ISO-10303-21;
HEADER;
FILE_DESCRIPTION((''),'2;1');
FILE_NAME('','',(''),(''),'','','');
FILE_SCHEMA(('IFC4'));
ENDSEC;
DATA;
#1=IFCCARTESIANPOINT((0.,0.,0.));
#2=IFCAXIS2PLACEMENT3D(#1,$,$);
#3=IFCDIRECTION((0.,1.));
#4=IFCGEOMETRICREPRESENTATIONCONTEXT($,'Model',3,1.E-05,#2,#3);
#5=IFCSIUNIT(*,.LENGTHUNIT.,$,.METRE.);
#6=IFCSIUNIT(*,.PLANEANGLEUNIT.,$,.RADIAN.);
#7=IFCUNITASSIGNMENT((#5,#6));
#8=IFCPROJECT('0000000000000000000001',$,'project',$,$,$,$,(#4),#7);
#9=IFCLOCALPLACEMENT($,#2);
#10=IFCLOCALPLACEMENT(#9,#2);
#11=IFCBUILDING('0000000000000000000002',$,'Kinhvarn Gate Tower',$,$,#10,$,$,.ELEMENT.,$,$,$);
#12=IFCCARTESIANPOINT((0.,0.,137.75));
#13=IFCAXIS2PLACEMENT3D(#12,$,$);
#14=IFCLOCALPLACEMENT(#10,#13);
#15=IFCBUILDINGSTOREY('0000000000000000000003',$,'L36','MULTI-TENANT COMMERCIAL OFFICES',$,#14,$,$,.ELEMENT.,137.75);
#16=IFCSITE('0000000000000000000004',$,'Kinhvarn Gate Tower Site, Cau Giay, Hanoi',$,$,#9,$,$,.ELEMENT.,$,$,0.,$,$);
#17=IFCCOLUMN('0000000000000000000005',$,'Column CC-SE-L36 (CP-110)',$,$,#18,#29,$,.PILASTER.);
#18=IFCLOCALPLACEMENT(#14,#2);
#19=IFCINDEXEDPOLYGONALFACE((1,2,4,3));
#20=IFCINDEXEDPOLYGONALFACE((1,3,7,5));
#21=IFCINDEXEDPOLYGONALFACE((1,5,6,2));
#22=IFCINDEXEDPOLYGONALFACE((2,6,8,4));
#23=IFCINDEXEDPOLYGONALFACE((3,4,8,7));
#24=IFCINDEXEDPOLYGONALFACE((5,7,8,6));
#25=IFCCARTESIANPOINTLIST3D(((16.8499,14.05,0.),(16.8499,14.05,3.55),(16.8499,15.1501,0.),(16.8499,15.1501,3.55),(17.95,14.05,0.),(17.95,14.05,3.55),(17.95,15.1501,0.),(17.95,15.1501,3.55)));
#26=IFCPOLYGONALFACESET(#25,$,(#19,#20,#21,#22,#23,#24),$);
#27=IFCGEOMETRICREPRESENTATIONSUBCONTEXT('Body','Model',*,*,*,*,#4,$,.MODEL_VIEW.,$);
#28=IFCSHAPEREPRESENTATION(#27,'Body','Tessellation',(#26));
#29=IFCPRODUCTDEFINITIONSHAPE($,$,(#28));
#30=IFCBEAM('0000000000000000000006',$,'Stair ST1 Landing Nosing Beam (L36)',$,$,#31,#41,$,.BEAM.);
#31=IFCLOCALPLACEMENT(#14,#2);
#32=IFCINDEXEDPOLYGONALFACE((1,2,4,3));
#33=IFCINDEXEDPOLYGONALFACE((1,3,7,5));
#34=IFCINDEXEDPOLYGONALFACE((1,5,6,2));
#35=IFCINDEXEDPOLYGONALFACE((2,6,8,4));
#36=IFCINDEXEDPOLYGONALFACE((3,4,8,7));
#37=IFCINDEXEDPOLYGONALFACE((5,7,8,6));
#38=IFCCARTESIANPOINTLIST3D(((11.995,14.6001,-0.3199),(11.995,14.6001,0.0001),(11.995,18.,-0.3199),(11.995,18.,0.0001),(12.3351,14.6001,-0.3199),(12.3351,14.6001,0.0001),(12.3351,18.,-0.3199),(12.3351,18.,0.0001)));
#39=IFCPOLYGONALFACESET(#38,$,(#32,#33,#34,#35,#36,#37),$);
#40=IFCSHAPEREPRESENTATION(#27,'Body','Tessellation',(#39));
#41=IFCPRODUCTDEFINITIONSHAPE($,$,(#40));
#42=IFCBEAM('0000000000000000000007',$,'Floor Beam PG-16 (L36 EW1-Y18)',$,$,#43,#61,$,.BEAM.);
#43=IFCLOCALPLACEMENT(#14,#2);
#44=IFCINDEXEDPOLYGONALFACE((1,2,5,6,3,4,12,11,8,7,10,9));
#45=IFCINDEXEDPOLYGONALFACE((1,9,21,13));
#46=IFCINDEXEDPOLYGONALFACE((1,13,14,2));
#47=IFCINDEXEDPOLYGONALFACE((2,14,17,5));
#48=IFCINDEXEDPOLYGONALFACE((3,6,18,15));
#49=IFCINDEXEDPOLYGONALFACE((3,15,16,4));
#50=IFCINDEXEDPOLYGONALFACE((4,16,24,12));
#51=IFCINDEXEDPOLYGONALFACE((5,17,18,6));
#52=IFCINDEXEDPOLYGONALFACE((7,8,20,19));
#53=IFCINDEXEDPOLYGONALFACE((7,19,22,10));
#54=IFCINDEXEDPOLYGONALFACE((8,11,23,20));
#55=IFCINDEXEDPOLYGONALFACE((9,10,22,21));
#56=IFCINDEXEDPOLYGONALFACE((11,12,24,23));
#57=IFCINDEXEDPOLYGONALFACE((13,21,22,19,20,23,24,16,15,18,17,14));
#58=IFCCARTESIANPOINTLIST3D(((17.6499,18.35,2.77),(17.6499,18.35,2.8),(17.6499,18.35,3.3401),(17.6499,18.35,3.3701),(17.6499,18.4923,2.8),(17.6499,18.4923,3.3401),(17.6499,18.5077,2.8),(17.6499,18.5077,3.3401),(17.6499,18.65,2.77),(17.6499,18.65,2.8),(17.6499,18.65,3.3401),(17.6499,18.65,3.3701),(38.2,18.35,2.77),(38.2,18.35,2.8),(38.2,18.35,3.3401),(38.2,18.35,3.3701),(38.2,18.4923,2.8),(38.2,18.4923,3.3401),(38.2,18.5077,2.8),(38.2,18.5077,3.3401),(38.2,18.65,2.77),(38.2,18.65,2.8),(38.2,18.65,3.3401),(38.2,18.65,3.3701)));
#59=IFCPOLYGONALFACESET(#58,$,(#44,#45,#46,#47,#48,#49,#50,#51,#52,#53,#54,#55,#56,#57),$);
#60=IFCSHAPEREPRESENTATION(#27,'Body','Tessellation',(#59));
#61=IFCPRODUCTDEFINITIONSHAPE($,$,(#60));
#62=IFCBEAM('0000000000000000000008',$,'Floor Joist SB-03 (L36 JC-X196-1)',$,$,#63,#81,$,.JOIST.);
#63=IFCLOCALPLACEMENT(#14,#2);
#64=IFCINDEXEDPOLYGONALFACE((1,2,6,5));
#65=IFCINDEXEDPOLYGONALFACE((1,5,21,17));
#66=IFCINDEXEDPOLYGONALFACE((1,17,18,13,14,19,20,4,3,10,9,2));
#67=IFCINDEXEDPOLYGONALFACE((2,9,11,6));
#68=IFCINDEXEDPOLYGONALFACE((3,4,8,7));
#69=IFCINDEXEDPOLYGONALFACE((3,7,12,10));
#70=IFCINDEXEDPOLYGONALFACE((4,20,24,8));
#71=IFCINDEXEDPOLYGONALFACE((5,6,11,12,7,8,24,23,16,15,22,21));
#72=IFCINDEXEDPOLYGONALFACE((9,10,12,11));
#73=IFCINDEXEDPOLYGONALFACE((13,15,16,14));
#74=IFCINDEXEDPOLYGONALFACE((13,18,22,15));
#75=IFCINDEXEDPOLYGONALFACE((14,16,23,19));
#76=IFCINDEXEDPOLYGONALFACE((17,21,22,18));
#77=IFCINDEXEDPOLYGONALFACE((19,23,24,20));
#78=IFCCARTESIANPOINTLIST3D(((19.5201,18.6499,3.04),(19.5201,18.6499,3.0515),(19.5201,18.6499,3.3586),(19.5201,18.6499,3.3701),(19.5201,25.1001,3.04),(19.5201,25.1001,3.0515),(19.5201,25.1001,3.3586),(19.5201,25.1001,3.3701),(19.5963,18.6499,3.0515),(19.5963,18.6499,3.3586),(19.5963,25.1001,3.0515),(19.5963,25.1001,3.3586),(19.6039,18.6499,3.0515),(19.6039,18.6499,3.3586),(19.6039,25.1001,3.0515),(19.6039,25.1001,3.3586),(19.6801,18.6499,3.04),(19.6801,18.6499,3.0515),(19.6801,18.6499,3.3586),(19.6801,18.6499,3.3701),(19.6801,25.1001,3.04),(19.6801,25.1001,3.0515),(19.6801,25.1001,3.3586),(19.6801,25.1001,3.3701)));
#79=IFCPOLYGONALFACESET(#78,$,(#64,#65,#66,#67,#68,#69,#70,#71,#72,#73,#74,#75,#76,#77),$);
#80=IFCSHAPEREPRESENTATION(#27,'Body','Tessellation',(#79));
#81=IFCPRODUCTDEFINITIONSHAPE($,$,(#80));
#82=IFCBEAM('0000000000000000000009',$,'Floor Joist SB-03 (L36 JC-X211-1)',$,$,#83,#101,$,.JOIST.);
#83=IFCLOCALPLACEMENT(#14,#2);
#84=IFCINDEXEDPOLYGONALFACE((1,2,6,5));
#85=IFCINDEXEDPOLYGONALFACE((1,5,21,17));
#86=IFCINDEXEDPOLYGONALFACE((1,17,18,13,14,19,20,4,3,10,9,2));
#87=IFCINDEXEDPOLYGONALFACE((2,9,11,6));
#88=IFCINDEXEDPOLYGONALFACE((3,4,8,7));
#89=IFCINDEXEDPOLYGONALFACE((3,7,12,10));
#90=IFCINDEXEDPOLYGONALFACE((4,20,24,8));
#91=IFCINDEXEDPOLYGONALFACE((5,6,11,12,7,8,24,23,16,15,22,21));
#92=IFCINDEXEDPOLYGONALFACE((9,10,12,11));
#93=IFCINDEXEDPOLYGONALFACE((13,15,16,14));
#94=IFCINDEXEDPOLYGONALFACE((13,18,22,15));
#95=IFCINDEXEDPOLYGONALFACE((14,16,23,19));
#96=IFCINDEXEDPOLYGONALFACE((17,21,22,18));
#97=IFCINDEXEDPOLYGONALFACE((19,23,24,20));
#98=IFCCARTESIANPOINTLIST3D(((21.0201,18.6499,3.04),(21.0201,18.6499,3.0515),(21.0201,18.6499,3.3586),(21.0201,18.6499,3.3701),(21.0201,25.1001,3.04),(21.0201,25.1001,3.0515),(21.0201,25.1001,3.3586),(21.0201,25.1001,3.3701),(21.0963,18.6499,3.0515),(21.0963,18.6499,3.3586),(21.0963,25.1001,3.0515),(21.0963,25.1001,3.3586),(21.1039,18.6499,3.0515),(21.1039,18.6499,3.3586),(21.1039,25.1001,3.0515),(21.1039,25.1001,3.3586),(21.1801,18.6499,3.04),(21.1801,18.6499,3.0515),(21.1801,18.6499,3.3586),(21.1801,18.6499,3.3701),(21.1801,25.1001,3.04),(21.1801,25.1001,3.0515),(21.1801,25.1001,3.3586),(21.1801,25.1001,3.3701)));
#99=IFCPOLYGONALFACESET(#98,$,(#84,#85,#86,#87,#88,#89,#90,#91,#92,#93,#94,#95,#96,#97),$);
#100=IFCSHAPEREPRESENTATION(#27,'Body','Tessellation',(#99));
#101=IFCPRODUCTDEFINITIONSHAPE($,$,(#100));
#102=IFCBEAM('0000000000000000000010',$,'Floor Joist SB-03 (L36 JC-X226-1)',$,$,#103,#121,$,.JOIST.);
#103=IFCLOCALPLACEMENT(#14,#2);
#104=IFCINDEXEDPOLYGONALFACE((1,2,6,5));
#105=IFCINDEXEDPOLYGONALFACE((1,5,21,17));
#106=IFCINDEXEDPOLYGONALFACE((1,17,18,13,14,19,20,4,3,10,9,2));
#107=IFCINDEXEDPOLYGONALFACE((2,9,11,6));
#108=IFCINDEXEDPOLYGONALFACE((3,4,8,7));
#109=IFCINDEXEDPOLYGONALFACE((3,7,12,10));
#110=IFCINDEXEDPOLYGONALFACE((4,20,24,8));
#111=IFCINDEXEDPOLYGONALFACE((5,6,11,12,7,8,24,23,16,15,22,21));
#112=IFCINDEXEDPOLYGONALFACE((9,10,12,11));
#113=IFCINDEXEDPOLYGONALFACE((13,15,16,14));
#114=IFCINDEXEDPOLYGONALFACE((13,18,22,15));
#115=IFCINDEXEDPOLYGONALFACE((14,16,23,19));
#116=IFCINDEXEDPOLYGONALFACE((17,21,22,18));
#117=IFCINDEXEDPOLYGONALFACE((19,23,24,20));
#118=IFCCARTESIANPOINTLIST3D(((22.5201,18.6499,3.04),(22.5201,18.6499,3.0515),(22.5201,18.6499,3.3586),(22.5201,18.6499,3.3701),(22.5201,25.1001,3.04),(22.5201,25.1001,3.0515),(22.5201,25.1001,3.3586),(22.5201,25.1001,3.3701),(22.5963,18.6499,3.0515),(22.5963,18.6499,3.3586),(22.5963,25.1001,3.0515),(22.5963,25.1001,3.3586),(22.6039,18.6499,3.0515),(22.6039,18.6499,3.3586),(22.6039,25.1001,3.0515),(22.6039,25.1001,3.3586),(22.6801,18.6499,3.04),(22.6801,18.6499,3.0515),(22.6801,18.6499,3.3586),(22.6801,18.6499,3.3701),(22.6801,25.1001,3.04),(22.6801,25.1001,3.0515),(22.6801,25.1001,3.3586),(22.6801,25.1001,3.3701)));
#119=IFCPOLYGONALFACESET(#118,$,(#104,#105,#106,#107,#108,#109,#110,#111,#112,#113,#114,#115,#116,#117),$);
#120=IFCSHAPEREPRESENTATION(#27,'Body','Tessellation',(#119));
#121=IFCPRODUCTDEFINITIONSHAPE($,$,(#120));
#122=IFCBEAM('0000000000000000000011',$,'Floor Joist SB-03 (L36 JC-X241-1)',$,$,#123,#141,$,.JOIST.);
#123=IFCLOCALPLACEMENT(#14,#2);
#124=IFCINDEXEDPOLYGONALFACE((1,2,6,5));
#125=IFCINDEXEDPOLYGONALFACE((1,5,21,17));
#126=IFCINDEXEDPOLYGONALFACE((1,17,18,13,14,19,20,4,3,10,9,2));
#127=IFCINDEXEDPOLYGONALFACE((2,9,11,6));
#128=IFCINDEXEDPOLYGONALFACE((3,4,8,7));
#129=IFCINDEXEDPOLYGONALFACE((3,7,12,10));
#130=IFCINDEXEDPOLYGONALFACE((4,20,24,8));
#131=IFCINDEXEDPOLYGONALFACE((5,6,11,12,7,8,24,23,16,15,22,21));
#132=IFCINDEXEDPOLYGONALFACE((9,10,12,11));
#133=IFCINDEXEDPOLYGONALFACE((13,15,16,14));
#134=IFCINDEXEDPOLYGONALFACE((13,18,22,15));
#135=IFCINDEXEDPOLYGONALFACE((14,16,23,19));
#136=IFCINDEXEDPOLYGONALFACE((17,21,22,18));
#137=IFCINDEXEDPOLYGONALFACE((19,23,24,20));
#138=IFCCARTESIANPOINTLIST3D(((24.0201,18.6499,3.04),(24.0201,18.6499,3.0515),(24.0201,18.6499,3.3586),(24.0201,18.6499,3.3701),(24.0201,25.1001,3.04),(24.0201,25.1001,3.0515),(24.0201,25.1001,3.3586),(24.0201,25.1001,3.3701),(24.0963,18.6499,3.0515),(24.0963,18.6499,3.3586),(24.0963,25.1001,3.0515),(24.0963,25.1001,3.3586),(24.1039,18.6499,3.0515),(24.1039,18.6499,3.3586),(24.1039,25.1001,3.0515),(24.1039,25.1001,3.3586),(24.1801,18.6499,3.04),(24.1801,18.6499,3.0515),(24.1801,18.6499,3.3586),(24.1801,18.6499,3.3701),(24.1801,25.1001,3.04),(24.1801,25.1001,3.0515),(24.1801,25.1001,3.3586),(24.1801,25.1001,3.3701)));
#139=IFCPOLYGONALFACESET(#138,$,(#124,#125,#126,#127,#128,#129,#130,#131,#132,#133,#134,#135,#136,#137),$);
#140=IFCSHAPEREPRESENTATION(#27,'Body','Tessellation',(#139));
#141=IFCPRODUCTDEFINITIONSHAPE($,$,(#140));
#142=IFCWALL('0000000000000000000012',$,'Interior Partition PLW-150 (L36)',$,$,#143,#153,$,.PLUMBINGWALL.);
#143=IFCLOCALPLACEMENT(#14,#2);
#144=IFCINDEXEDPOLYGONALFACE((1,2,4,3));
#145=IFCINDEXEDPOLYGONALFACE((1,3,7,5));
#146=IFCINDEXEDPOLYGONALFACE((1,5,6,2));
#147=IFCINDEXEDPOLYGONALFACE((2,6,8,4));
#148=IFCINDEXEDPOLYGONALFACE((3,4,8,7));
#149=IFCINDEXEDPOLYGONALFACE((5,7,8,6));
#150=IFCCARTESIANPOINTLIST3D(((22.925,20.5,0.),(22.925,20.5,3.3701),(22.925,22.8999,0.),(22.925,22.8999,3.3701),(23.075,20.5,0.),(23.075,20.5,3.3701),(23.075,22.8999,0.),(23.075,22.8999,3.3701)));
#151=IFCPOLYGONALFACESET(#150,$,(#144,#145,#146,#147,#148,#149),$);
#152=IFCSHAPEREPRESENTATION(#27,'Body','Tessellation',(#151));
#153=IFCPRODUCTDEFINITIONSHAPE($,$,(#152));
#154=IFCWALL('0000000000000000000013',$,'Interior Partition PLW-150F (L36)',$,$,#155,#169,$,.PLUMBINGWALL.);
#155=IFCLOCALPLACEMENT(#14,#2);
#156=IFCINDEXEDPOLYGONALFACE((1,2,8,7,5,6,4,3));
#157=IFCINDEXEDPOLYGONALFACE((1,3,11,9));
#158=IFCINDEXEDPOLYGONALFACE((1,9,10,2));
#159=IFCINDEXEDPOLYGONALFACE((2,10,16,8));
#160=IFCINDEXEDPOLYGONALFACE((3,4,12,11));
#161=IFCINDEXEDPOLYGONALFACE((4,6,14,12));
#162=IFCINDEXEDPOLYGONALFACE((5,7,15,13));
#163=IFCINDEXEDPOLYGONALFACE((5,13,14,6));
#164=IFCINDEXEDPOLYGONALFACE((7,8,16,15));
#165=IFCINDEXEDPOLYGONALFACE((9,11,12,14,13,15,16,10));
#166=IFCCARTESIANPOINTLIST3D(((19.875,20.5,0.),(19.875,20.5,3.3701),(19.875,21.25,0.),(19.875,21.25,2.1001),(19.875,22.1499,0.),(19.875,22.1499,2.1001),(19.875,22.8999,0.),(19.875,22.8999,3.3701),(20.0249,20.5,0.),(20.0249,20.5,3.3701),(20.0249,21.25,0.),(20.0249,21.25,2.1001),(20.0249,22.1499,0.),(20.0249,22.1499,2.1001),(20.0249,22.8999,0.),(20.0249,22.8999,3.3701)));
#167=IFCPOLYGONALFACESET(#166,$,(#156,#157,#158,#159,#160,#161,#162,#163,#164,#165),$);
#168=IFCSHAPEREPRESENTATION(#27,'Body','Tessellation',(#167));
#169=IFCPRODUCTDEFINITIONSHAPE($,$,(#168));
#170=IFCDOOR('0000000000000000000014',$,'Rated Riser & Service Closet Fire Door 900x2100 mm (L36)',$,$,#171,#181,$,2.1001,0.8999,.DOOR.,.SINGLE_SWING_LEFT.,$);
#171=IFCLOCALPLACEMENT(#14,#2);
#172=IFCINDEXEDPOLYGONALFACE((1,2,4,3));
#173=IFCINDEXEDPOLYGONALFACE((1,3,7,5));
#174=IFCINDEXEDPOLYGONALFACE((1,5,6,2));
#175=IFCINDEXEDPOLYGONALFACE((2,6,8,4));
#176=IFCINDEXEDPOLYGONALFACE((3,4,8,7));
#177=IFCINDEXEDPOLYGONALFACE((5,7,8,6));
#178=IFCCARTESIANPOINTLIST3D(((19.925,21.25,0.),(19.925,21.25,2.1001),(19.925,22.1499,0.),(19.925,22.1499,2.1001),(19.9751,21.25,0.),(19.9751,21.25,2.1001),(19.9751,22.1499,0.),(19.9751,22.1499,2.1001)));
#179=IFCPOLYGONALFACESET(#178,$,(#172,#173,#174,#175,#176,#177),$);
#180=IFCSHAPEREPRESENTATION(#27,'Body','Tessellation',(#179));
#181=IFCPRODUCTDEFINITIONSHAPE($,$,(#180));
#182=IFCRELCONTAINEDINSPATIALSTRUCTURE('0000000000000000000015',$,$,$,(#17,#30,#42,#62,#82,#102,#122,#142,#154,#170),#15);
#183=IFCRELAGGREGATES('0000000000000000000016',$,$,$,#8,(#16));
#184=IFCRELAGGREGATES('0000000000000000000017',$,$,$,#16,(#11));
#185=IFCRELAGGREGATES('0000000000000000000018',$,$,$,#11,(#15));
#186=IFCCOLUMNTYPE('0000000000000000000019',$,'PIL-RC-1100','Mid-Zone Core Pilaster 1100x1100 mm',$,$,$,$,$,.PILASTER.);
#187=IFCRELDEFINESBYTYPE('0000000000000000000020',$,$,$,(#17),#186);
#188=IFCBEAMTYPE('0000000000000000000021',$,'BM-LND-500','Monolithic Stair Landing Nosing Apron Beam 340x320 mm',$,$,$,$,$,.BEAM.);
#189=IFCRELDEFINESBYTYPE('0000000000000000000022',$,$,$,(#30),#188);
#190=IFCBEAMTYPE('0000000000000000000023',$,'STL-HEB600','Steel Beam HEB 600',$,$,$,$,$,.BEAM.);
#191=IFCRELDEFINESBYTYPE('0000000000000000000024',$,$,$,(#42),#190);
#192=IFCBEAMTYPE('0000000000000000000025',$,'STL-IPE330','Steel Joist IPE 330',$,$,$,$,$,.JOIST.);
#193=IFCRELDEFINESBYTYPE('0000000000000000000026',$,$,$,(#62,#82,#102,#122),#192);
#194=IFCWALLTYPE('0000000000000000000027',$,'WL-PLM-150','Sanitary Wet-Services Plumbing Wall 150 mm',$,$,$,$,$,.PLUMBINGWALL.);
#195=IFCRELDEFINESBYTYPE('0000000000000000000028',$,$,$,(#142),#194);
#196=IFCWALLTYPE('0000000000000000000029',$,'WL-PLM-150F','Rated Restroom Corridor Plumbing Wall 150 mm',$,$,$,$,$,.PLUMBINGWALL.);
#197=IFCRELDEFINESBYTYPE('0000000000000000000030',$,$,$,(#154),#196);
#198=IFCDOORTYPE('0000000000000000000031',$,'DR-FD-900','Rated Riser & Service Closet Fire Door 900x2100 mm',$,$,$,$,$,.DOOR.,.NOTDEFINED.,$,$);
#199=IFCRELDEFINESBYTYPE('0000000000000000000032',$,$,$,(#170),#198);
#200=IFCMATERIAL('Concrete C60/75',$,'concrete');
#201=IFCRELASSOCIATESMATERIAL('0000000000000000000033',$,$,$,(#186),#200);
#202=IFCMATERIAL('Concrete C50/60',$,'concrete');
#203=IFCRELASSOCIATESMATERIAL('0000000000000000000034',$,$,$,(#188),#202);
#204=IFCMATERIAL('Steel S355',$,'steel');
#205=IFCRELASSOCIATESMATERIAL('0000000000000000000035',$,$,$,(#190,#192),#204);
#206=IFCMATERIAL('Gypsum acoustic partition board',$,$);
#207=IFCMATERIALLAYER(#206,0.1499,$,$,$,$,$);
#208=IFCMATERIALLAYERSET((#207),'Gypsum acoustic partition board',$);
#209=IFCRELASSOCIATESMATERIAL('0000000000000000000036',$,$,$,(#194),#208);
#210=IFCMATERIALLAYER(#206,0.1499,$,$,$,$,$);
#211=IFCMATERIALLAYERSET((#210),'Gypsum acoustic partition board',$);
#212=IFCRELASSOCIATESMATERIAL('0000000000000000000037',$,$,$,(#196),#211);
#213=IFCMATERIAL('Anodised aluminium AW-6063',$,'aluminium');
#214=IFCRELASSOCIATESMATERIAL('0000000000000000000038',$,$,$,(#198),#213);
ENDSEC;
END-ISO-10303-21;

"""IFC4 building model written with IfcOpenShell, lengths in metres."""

from ifc_helpers import new_model, si_unit, direction, frame, frame_2d, origin, origin_2d, place, context, subcontext, project, spatial, rectangle, i_section, extrude, material, layer, layer_set, material_profile, profile_set, type_object, element, fill, save


model = new_model("IFC4")

# Units and contexts
model_context = context("Model", 3, precision=1e-05, world=origin(), true_north=direction((0.0, 1.0)))
body_context = subcontext(model_context, "Body", "Model", "MODEL_VIEW")
ifc_project = project(units=[si_unit("LENGTHUNIT", "METRE"), si_unit("PLANEANGLEUNIT", "RADIAN")], contexts=[model_context])

# Site, building, storey
site_placement = place(None, origin())
site = spatial("IfcSite", under=ifc_project, at=site_placement, Name="Kinhvarn Gate Tower Site, Cau Giay, Hanoi", CompositionType="ELEMENT", RefElevation=0.0)
building_placement = place(site_placement, origin())
building = spatial("IfcBuilding", under=site, at=building_placement, Name="Kinhvarn Gate Tower", CompositionType="ELEMENT")
storey_placement = place(building_placement, frame((0.0, 0.0, 137.75)))
storey = spatial("IfcBuildingStorey", under=building, at=storey_placement, Name="L36", Description="MULTI-TENANT COMMERCIAL OFFICES", CompositionType="ELEMENT", Elevation=137.75)

# Column
ifc_material_1 = material(Name="Concrete C60/75", Category="concrete")
ifc_material_profile_1 = material_profile(ifc_material_1, rectangle(XDim=1.1001, YDim=1.1001, at=origin_2d()), Name="RC 1100x1100")
ifc_profile_set_1 = profile_set([ifc_material_profile_1], Name="Concrete C60/75")
column_type = type_object("IfcColumnType", Name="PIL-RC-1100", Description="Mid-Zone Core Pilaster 1100x1100 mm", PredefinedType="PILASTER", material=ifc_profile_set_1)
column_placement = place(storey_placement, frame((17.3999, 14.6001, 0.0), z_axis=(0.0, 0.0, 1.0), x_axis=(1.0, 0.0, 0.0)))
element("IfcColumn", 1, at=column_placement, inside=storey, type_object=column_type, Name="Column CC-SE-L36 (CP-110)", PredefinedType="PILASTER", context=body_context, shape_type="SweptSolid", body=[
    extrude(rectangle(XDim=1.1001, YDim=1.1001, at=origin_2d()), origin(), (0.0, 0.0, 1.0), 3.55),
])

# Beams
ifc_material_2 = material(Name="Concrete C50/60", Category="concrete")
ifc_material_profile_2 = material_profile(ifc_material_2, rectangle(XDim=0.3401, YDim=0.3201, at=origin_2d()), Name="RC 340x320")
ifc_profile_set_2 = profile_set([ifc_material_profile_2], Name="Concrete C50/60")
beam_type_1 = type_object("IfcBeamType", Name="BM-LND-500", Description="Monolithic Stair Landing Nosing Apron Beam 340x320 mm", PredefinedType="BEAM", material=ifc_profile_set_2)
beam_1_placement = place(storey_placement, frame((12.165, 14.6001, -0.1599), z_axis=(0.0, 1.0, 0.0), x_axis=(-1.0, 0.0, 0.0)))
element("IfcBeam", 2, at=beam_1_placement, inside=storey, type_object=beam_type_1, Name="Stair ST1 Landing Nosing Beam (L36)", PredefinedType="BEAM", context=body_context, shape_type="SweptSolid", body=[
    extrude(rectangle(XDim=0.3401, YDim=0.3201, at=origin_2d()), origin(), (0.0, 0.0, 1.0), 3.3999),
])
ifc_material_3 = material(Name="Steel S355", Category="steel")
ifc_material_profile_3 = material_profile(ifc_material_3, i_section(OverallWidth=0.3, OverallDepth=0.6001, WebThickness=0.0154, FlangeThickness=0.03, at=origin_2d()), Name="HEB 600")
ifc_profile_set_3 = profile_set([ifc_material_profile_3], Name="Steel S355")
beam_type_2 = type_object("IfcBeamType", Name="STL-HEB600", Description="Steel Beam HEB 600", PredefinedType="BEAM", material=ifc_profile_set_3)
beam_2_placement = place(storey_placement, frame((17.6499, 18.5, 3.0701), z_axis=(1.0, 0.0, 0.0), x_axis=(0.0, 1.0, 0.0)))
element("IfcBeam", 3, at=beam_2_placement, inside=storey, type_object=beam_type_2, Name="Floor Beam PG-16 (L36 EW1-Y18)", PredefinedType="BEAM", context=body_context, shape_type="SweptSolid", body=[
    extrude(i_section(OverallWidth=0.3, OverallDepth=0.6001, WebThickness=0.0154, FlangeThickness=0.03, at=origin_2d()), origin(), (0.0, 0.0, 1.0), 20.55),
])
ifc_material_profile_4 = material_profile(ifc_material_3, i_section(OverallWidth=0.1599, OverallDepth=0.3301, WebThickness=0.0076, FlangeThickness=0.0115, at=origin_2d()), Name="IPE 330")
ifc_profile_set_4 = profile_set([ifc_material_profile_4], Name="Steel S355")
beam_type_3 = type_object("IfcBeamType", Name="STL-IPE330", Description="Steel Joist IPE 330", PredefinedType="JOIST", material=ifc_profile_set_4)
for number, where, z_axis, x_axis, name in (
    (4, (19.6001, 18.6499, 3.2051), (0.0, 1.0, 0.0), (-1.0, 0.0, 0.0), "Floor Joist SB-03 (L36 JC-X196-1)"),
    (5, (21.1001, 18.6499, 3.2051), (0.0, 1.0, 0.0), (-1.0, 0.0, 0.0), "Floor Joist SB-03 (L36 JC-X211-1)"),
    (6, (22.6001, 18.6499, 3.2051), (0.0, 1.0, 0.0), (-1.0, 0.0, 0.0), "Floor Joist SB-03 (L36 JC-X226-1)"),
    (7, (24.1001, 18.6499, 3.2051), (0.0, 1.0, 0.0), (-1.0, 0.0, 0.0), "Floor Joist SB-03 (L36 JC-X241-1)"),
):
    element("IfcBeam", number, at=place(storey_placement, frame(where, z_axis=z_axis, x_axis=x_axis)), inside=storey, type_object=beam_type_3, Name=name, PredefinedType="JOIST", context=body_context, shape_type="SweptSolid", body=[
        extrude(i_section(OverallWidth=0.1599, OverallDepth=0.3301, WebThickness=0.0076, FlangeThickness=0.0115, at=origin_2d()), origin(), (0.0, 0.0, 1.0), 6.4502),
    ])

# Shared definitions
ifc_material_4 = material(Name="Anodised aluminium AW-6063", Category="aluminium")

# Wall
ifc_material_5 = material(Name="Gypsum acoustic partition board")
ifc_layer_1 = layer(ifc_material_5, 0.1499)
ifc_layer_set_1 = layer_set([ifc_layer_1], Name="Gypsum acoustic partition board")
wall_type_1 = type_object("IfcWallType", Name="WL-PLM-150", Description="Sanitary Wet-Services Plumbing Wall 150 mm", PredefinedType="PLUMBINGWALL", material=ifc_layer_set_1)
wall_1_placement = place(storey_placement, frame((23.0, 20.5, 0.0), z_axis=(0.0, 0.0, 1.0), x_axis=(0.0, 1.0, 0.0)))
element("IfcWall", 8, at=wall_1_placement, inside=storey, type_object=wall_type_1, Name="Interior Partition PLW-150 (L36)", PredefinedType="PLUMBINGWALL", context=body_context, shape_type="SweptSolid", body=[
    extrude(rectangle(XDim=2.3999, YDim=0.1499, at=frame_2d((1.2, 0.0))), origin(), (0.0, 0.0, 1.0), 3.3701),
])

# Wall, opening, door
ifc_layer_2 = layer(ifc_material_5, 0.1499)
ifc_layer_set_2 = layer_set([ifc_layer_2], Name="Gypsum acoustic partition board")
wall_type_2 = type_object("IfcWallType", Name="WL-PLM-150F", Description="Rated Restroom Corridor Plumbing Wall 150 mm", PredefinedType="PLUMBINGWALL", material=ifc_layer_set_2)
wall_2_placement = place(storey_placement, frame((19.95, 20.5, 0.0), z_axis=(0.0, 0.0, 1.0), x_axis=(0.0, 1.0, 0.0)))
wall_2 = element("IfcWall", 9, at=wall_2_placement, inside=storey, type_object=wall_type_2, Name="Interior Partition PLW-150F (L36)", PredefinedType="PLUMBINGWALL", context=body_context, shape_type="SweptSolid", body=[
    extrude(rectangle(XDim=2.3999, YDim=0.1499, at=frame_2d((1.2, 0.0))), origin(), (0.0, 0.0, 1.0), 3.3701),
])
opening_1_placement = place(wall_2_placement, frame((0.75, 0.0, 0.0)))
opening_1 = element("IfcOpeningElement", 10, at=opening_1_placement, cuts=wall_2, PredefinedType="OPENING", context=body_context, shape_type="SweptSolid", body=[
    extrude(rectangle(XDim=0.8999, YDim=2.1001, at=frame_2d((0.45, 1.05))), frame((0.0, 0.085, 0.0), z_axis=(0.0, -1.0, 0.0), x_axis=(1.0, 0.0, 0.0)), (0.0, 0.0, 1.0), 0.1699),
])
door_type_1 = type_object("IfcDoorType", Name="DR-FD-900", Description="Rated Riser & Service Closet Fire Door 900x2100 mm", OperationType="NOTDEFINED", PredefinedType="DOOR", material=ifc_material_4)
door_1_placement = place(opening_1_placement, origin())
door_1 = element("IfcDoor", 11, at=door_1_placement, inside=storey, type_object=door_type_1, Name="Rated Riser & Service Closet Fire Door 900x2100 mm (L36)", OperationType="SINGLE_SWING_LEFT", OverallHeight=2.1001, OverallWidth=0.8999, PredefinedType="DOOR", context=body_context, shape_type="SweptSolid", body=[
    extrude(rectangle(XDim=0.8999, YDim=2.1001, at=frame_2d((0.45, 1.05))), frame((0.0, 0.0249, 0.0), z_axis=(0.0, -1.0, 0.0), x_axis=(1.0, 0.0, 0.0)), (0.0, 0.0, 1.0), 0.05),
])
fill(opening_1, door_1)

save(model, "model.ifc")
